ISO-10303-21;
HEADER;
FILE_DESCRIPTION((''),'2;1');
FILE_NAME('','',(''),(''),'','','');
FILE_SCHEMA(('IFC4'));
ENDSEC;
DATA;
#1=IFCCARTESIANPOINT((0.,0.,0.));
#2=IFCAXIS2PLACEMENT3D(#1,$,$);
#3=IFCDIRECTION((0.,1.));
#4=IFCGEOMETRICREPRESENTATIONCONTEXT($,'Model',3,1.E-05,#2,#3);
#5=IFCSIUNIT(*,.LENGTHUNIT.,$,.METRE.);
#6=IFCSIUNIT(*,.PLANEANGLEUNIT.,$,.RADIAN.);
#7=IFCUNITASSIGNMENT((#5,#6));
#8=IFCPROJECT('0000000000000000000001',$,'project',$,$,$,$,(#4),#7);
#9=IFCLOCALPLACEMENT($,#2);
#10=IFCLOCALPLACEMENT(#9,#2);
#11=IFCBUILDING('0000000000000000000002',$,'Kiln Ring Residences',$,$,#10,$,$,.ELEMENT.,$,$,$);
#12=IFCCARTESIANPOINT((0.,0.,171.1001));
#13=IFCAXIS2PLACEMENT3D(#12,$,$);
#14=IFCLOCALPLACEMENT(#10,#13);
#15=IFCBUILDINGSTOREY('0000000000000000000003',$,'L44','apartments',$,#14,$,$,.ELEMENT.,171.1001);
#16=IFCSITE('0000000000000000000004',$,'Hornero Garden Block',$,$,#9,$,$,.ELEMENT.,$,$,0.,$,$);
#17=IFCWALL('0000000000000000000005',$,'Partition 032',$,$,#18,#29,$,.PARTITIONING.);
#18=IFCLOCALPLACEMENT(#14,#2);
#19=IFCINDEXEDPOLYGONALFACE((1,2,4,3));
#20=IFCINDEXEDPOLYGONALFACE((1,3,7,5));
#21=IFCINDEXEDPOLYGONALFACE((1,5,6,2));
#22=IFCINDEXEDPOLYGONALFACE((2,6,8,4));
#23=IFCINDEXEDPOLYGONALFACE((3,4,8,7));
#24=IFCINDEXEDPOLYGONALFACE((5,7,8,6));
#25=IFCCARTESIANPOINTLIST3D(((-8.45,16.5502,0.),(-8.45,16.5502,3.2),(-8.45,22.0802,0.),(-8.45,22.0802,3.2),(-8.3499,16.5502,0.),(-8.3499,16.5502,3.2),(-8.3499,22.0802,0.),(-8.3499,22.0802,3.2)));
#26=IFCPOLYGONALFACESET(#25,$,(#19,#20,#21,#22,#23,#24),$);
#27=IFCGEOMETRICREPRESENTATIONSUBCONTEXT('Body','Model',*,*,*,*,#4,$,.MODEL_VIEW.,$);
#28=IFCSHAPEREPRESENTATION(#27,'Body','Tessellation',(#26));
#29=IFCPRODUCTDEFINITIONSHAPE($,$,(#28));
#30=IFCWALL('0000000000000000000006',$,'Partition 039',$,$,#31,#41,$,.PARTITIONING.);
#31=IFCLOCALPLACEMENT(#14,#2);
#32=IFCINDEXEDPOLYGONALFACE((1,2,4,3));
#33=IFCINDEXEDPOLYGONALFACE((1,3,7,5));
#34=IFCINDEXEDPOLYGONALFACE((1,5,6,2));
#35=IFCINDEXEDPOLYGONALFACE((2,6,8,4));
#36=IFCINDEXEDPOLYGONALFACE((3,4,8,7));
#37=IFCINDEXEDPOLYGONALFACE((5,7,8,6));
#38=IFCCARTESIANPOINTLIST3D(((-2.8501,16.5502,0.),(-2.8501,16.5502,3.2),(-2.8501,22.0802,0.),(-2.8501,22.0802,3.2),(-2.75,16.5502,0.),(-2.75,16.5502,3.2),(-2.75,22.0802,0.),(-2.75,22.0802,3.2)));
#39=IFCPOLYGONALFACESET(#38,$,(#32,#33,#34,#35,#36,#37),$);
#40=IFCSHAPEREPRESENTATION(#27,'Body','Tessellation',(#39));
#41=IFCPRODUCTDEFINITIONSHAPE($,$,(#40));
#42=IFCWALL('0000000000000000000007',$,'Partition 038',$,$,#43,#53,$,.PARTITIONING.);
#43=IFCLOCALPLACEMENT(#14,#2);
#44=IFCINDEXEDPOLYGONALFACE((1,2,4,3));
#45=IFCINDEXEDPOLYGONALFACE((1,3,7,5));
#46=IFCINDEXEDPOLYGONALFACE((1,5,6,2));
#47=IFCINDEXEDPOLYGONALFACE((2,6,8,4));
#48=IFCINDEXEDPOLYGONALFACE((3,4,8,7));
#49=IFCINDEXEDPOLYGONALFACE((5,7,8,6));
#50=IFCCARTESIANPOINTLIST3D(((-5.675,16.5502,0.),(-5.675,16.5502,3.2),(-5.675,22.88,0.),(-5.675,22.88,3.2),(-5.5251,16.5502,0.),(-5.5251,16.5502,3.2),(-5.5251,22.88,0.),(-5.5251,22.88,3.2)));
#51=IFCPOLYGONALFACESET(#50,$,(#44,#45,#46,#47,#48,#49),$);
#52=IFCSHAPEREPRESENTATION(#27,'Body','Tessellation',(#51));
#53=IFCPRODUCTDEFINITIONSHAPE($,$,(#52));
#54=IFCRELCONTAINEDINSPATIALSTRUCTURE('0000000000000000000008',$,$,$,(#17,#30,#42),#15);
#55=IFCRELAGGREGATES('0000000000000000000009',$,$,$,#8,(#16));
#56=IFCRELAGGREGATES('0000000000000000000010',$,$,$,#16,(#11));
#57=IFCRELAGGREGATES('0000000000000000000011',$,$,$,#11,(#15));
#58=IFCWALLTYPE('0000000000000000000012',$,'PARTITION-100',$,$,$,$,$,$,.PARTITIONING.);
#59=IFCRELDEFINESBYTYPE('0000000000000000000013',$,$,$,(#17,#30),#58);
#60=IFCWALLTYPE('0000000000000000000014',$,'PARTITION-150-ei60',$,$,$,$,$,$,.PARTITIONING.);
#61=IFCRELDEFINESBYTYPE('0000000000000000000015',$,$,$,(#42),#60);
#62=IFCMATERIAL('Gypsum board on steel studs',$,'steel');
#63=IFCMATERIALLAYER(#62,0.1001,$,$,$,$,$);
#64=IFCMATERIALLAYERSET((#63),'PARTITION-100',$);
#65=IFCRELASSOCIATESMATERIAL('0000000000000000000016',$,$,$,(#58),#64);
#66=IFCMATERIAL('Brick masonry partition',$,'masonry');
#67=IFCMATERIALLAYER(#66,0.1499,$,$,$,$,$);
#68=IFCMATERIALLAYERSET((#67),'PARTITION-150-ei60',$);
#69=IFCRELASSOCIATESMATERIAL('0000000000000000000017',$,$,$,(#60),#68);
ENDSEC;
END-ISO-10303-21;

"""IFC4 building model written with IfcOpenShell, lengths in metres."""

from ifc_helpers import new_model, si_unit, direction, frame, frame_2d, origin, place, context, subcontext, project, spatial, rectangle, extrude, material, layer, layer_set, type_object, element, save


model = new_model("IFC4")

# Units and contexts
model_context = context("Model", 3, precision=1e-05, world=origin(), true_north=direction((0.0, 1.0)))
body_context = subcontext(model_context, "Body", "Model", "MODEL_VIEW")
ifc_project = project(units=[si_unit("LENGTHUNIT", "METRE"), si_unit("PLANEANGLEUNIT", "RADIAN")], contexts=[model_context])

# Site, building, storey
site_placement = place(None, origin())
site = spatial("IfcSite", under=ifc_project, at=site_placement, Name="Hornero Garden Block", CompositionType="ELEMENT", RefElevation=0.0)
building_placement = place(site_placement, origin())
building = spatial("IfcBuilding", under=site, at=building_placement, Name="Kiln Ring Residences", CompositionType="ELEMENT")
storey_placement = place(building_placement, frame((0.0, 0.0, 171.1001)))
storey = spatial("IfcBuildingStorey", under=building, at=storey_placement, Name="L44", Description="apartments", CompositionType="ELEMENT", Elevation=171.1001)

# Walls
ifc_material_1 = material(Name="Gypsum board on steel studs", Category="steel")
ifc_layer_1 = layer(ifc_material_1, 0.1001)
ifc_layer_set_1 = layer_set([ifc_layer_1], Name="PARTITION-100")
wall_type_1 = type_object("IfcWallType", Name="PARTITION-100", PredefinedType="PARTITIONING", material=ifc_layer_set_1)
for number, where, z_axis, x_axis, name in (
    (1, (-8.3999, 16.55, 0.0), (0.0, 0.0, 1.0), (0.0, 1.0, 0.0), "Partition 032"),
    (2, (-2.8, 16.55, 0.0), (0.0, 0.0, 1.0), (0.0, 1.0, 0.0), "Partition 039"),
):
    element("IfcWall", number, at=place(storey_placement, frame(where, z_axis=z_axis, x_axis=x_axis)), inside=storey, type_object=wall_type_1, Name=name, PredefinedType="PARTITIONING", context=body_context, shape_type="SweptSolid", body=[
        extrude(rectangle(XDim=5.53, YDim=0.1001, at=frame_2d((2.7651, 0.0))), origin(), (0.0, 0.0, 1.0), 3.2),
    ])
ifc_material_2 = material(Name="Brick masonry partition", Category="masonry")
ifc_layer_2 = layer(ifc_material_2, 0.1499)
ifc_layer_set_2 = layer_set([ifc_layer_2], Name="PARTITION-150-ei60")
wall_type_2 = type_object("IfcWallType", Name="PARTITION-150-ei60", PredefinedType="PARTITIONING", material=ifc_layer_set_2)
wall_1_placement = place(storey_placement, frame((-5.6001, 16.55, 0.0), z_axis=(0.0, 0.0, 1.0), x_axis=(0.0, 1.0, 0.0)))
element("IfcWall", 3, at=wall_1_placement, inside=storey, type_object=wall_type_2, Name="Partition 038", PredefinedType="PARTITIONING", context=body_context, shape_type="SweptSolid", body=[
    extrude(rectangle(XDim=6.3298, YDim=0.1499, at=frame_2d((3.165, 0.0))), origin(), (0.0, 0.0, 1.0), 3.2),
])

save(model, "model.ifc")
